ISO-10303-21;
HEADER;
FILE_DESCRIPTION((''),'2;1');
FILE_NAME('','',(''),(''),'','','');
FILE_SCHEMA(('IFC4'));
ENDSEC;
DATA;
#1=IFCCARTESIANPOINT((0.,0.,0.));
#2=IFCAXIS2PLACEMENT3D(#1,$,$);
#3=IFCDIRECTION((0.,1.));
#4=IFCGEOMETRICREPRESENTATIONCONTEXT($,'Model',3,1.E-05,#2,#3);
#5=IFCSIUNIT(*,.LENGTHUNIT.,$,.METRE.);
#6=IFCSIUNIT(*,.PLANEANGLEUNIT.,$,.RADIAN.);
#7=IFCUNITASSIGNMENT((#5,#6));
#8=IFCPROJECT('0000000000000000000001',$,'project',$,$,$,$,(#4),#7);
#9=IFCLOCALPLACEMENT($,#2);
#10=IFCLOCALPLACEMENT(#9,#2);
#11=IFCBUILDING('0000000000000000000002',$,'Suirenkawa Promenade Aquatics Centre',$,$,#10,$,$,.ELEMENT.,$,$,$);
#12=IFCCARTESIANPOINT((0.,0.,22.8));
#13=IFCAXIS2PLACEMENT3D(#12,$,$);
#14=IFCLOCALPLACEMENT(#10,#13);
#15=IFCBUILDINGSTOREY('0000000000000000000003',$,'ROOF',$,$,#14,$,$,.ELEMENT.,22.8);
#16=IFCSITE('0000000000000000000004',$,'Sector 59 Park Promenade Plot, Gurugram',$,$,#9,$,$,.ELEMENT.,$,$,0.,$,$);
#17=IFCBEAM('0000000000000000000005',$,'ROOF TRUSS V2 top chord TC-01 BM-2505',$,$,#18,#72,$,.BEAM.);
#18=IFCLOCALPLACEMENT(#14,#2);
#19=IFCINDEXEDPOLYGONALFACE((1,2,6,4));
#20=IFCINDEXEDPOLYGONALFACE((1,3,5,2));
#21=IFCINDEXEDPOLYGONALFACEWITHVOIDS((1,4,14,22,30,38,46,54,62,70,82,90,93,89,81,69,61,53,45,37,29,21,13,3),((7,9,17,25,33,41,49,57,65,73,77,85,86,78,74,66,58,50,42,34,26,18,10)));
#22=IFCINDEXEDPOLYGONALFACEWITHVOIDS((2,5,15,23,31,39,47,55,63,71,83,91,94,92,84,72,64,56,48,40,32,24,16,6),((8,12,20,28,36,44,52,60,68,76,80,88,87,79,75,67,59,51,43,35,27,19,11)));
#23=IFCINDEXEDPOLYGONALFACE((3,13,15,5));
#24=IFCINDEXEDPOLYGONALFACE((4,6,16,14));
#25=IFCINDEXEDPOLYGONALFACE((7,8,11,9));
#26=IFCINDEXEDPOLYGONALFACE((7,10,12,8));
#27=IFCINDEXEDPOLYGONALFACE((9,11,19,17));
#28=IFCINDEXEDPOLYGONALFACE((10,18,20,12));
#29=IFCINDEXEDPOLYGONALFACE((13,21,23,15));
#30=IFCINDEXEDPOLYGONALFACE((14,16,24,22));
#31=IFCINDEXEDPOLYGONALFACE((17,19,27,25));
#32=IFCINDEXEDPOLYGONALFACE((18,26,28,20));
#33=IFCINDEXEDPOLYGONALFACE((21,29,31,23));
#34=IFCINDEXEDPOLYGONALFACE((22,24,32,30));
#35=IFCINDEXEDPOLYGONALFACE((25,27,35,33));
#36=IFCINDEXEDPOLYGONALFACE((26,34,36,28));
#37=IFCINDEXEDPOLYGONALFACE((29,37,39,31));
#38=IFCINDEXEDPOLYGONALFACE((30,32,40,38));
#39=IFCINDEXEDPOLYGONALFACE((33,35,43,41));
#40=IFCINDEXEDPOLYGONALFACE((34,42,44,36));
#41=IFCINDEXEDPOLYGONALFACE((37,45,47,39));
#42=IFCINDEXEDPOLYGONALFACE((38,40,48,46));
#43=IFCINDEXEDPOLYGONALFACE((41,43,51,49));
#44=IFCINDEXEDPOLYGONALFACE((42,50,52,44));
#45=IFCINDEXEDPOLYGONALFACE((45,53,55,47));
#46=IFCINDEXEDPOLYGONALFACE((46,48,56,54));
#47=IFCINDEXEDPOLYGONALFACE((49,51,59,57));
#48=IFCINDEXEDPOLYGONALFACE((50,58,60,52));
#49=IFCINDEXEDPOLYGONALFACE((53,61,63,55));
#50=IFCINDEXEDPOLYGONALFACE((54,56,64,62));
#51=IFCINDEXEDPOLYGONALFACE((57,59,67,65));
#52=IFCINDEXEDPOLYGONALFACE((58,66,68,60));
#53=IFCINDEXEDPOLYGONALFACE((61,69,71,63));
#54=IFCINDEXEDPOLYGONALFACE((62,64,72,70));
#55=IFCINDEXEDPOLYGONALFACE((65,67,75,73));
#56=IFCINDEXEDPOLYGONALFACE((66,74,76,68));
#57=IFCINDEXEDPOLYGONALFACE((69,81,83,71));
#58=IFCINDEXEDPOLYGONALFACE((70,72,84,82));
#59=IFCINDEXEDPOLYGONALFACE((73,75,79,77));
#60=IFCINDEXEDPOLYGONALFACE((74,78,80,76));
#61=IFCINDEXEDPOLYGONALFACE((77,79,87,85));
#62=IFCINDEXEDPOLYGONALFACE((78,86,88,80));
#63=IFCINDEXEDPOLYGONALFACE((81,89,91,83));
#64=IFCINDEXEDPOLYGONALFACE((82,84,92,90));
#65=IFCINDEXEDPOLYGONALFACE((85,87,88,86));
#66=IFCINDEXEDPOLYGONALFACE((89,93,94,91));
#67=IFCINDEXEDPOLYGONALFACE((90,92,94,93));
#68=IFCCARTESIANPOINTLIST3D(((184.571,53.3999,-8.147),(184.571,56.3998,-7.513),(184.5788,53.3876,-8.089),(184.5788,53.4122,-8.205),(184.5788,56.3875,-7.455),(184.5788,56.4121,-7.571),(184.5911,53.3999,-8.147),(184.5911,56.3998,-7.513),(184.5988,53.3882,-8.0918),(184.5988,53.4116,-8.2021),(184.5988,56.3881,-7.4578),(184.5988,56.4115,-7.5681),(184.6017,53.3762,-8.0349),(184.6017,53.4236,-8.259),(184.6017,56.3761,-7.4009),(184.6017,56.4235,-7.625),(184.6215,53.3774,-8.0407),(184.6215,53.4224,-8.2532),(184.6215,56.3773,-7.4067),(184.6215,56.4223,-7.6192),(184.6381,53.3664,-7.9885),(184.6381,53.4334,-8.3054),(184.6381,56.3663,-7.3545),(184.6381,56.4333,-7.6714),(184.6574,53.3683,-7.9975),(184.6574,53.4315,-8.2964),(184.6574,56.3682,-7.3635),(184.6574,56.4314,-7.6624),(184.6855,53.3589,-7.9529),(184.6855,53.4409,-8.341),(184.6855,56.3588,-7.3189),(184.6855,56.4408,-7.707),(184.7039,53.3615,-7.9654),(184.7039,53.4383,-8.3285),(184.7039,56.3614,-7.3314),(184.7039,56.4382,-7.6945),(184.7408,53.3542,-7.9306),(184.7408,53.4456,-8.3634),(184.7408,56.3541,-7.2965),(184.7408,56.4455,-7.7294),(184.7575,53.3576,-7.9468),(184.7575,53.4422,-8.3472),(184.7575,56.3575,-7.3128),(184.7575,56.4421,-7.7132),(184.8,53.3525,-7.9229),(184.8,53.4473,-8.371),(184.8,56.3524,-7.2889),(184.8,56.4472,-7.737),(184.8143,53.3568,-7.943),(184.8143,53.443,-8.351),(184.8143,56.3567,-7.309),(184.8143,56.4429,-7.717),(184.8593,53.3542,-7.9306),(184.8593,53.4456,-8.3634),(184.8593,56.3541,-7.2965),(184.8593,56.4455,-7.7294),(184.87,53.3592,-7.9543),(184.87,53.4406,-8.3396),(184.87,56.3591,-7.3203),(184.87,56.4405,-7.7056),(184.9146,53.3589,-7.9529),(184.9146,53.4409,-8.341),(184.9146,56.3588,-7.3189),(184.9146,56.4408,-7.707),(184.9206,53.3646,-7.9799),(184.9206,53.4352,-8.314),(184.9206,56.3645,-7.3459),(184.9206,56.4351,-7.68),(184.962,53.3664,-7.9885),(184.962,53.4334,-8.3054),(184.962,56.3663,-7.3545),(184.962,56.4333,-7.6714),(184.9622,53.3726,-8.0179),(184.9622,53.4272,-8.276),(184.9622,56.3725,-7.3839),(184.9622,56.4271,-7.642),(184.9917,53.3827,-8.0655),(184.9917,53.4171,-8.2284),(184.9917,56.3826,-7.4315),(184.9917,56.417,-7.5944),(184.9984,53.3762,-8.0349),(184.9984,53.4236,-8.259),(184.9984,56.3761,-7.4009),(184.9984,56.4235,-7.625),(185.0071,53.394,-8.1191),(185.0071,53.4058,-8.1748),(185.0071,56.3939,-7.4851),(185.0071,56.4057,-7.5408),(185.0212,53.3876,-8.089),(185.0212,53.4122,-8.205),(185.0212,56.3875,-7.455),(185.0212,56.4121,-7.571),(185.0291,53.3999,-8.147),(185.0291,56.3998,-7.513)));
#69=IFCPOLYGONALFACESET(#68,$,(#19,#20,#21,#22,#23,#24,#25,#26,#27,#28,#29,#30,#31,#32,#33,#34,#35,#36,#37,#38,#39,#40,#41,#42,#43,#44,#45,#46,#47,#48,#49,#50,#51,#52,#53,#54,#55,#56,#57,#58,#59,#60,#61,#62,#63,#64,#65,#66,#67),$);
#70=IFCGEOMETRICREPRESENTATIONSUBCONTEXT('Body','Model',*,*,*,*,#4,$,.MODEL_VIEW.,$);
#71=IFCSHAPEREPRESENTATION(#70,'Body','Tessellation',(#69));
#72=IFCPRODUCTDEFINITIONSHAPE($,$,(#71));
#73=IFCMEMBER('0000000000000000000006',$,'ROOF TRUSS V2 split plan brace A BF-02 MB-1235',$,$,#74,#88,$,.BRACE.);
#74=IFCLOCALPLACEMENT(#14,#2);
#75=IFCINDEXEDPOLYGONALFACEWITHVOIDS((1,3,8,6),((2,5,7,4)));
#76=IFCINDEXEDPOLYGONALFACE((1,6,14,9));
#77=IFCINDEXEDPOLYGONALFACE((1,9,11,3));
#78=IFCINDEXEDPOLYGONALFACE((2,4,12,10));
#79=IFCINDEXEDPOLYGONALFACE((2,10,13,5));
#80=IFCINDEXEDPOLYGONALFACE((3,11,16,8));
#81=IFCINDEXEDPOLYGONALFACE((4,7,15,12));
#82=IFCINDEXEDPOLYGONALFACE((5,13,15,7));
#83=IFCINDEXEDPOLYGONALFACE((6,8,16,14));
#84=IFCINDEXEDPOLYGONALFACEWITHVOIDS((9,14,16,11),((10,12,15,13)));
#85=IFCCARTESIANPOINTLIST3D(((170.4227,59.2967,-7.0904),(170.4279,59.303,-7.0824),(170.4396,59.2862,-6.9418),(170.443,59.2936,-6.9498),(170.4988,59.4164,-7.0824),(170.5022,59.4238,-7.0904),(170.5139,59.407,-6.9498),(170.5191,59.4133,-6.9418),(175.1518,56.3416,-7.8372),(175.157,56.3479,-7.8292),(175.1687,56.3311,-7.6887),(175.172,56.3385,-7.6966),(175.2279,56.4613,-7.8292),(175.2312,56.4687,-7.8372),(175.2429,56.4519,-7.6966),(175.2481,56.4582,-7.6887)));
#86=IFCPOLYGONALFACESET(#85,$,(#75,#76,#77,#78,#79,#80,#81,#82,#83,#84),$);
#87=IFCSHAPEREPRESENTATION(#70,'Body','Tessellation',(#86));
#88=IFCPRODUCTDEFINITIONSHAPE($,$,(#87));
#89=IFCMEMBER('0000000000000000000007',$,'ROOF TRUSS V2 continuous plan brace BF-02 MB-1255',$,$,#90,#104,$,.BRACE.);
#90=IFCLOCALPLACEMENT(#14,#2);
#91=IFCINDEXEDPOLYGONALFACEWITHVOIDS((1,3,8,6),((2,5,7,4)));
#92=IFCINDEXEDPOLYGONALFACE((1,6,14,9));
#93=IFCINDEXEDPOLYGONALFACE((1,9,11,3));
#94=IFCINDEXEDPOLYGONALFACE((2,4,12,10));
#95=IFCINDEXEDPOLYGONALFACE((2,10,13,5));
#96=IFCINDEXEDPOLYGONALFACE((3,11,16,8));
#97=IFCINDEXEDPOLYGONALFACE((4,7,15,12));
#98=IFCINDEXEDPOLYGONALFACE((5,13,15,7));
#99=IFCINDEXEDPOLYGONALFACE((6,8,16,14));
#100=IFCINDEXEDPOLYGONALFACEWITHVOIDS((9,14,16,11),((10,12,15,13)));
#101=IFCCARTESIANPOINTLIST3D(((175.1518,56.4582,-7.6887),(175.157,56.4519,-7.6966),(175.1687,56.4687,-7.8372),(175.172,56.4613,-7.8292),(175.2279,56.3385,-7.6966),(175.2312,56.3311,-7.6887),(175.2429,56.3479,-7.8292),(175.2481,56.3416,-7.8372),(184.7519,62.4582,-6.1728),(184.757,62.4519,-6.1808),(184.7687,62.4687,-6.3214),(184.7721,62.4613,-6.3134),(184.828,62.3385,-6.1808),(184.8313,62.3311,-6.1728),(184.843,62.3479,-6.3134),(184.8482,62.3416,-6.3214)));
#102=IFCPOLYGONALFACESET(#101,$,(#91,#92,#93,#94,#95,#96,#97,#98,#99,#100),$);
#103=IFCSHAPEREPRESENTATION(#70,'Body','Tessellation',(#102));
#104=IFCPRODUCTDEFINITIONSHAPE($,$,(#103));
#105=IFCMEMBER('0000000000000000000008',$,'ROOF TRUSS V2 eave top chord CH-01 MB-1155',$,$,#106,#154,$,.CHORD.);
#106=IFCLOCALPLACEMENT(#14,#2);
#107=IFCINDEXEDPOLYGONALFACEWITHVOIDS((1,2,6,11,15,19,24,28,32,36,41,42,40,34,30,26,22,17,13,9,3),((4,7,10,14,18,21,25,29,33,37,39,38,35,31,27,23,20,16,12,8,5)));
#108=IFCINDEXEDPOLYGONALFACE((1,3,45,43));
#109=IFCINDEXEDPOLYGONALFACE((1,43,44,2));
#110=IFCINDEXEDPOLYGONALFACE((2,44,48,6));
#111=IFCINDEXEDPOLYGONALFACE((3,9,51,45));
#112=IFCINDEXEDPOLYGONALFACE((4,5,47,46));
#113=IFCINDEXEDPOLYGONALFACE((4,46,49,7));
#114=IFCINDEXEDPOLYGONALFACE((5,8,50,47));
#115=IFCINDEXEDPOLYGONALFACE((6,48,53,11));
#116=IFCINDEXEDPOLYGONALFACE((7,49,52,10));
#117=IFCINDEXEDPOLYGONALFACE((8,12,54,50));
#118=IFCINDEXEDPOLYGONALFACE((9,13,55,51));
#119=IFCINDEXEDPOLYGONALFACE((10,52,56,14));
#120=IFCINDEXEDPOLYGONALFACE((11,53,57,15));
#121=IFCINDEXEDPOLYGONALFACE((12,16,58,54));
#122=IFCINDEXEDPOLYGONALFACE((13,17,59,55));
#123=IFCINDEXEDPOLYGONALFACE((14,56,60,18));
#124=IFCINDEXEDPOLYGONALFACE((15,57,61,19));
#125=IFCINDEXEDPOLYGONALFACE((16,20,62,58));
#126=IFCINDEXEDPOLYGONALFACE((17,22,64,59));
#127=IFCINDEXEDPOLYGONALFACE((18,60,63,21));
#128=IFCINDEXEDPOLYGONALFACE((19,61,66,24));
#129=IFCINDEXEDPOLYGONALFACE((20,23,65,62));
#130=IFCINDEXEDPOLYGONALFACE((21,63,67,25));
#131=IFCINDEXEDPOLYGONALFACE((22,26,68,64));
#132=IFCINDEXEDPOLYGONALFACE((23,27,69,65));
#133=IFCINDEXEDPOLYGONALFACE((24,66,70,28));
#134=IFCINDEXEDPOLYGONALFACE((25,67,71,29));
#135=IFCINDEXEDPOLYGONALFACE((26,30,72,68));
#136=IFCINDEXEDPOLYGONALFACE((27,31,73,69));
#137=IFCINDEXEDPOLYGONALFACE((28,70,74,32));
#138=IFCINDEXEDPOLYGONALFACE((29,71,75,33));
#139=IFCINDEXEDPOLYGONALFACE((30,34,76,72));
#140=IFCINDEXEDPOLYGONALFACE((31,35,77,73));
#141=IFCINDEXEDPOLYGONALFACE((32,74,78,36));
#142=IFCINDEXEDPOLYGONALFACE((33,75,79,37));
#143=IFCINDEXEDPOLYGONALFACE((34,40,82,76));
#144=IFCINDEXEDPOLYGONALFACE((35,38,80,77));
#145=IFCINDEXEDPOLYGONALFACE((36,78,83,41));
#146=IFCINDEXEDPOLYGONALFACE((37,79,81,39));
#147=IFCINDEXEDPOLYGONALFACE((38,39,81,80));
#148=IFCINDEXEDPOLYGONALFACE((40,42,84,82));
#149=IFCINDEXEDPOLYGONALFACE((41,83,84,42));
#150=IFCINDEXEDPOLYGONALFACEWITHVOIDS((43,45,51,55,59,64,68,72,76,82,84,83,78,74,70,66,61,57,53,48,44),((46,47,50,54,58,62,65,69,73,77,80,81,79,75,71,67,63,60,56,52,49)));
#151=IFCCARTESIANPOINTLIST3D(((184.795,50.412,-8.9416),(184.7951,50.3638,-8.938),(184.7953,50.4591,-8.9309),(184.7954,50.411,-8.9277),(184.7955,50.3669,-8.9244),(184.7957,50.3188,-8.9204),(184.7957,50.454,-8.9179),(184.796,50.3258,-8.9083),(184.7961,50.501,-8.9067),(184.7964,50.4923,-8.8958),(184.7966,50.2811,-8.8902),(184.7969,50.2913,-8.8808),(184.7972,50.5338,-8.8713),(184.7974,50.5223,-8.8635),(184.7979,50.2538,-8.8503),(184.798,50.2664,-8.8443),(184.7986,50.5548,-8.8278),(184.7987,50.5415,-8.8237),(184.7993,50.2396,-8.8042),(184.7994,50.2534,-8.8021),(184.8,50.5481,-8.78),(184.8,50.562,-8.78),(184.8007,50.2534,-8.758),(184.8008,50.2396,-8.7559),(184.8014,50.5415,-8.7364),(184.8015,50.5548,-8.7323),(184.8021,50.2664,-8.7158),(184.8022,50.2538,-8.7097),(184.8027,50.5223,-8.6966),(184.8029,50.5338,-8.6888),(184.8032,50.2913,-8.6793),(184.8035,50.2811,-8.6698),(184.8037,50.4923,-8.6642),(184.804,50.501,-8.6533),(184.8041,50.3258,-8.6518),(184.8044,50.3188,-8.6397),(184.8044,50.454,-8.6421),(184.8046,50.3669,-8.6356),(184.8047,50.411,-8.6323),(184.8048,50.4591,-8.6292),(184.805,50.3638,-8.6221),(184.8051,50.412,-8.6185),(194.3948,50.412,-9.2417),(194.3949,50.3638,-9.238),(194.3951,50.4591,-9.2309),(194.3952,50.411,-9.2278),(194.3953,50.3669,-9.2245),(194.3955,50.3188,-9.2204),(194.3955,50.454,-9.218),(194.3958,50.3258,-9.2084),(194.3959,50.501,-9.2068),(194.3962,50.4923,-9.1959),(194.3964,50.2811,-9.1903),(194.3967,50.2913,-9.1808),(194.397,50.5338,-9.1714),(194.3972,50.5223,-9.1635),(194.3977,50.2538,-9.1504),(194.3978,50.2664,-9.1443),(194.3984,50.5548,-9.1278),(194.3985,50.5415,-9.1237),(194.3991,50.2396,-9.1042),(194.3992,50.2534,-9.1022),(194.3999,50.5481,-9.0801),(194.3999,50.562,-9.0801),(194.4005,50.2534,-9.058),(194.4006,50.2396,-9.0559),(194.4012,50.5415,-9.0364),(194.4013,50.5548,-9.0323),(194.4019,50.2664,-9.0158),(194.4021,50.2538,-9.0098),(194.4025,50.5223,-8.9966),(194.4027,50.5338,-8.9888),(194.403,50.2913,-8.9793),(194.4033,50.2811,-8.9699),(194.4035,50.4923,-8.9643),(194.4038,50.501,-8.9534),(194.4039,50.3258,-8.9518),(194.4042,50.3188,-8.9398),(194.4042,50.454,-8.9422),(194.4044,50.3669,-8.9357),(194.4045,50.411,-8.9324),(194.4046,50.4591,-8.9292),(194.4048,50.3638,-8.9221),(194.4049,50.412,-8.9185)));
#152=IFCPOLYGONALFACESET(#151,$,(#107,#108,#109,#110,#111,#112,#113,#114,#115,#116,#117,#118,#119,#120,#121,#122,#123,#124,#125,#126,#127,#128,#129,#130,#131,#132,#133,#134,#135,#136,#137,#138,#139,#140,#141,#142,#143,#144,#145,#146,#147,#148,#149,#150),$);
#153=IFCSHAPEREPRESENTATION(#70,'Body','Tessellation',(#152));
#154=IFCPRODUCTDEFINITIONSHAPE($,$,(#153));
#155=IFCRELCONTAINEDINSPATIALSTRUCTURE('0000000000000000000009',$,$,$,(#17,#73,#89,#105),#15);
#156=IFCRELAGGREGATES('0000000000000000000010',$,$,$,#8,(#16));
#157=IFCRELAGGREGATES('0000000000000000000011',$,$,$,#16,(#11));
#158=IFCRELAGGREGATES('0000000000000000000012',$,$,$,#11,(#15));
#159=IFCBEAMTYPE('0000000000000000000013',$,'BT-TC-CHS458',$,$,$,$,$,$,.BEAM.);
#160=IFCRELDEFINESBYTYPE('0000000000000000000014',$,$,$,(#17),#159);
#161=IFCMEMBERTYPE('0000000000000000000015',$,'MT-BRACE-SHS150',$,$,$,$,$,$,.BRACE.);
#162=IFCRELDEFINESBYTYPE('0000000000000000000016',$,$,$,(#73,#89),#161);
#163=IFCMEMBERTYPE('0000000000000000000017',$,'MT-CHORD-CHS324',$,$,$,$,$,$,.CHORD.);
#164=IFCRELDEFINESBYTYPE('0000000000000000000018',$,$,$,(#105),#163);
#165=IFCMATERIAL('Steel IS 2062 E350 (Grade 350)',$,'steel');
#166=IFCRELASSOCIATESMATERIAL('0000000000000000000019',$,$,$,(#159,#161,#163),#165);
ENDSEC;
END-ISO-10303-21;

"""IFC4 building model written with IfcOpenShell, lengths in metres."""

from ifc_helpers import new_model, si_unit, direction, frame, origin, origin_2d, place, context, subcontext, project, spatial, hollow_rectangle, hollow_circle, extrude, material, material_profile, profile_set, type_object, element, save


model = new_model("IFC4")

# Units and contexts
model_context = context("Model", 3, precision=1e-05, world=origin(), true_north=direction((0.0, 1.0)))
body_context = subcontext(model_context, "Body", "Model", "MODEL_VIEW")
ifc_project = project(units=[si_unit("LENGTHUNIT", "METRE"), si_unit("PLANEANGLEUNIT", "RADIAN")], contexts=[model_context])

# Site, building, storey
site_placement = place(None, origin())
site = spatial("IfcSite", under=ifc_project, at=site_placement, Name="Sector 59 Park Promenade Plot, Gurugram", CompositionType="ELEMENT", RefElevation=0.0)
building_placement = place(site_placement, origin())
building = spatial("IfcBuilding", under=site, at=building_placement, Name="Suirenkawa Promenade Aquatics Centre", CompositionType="ELEMENT")
storey_placement = place(building_placement, frame((0.0, 0.0, 22.8)))
storey = spatial("IfcBuildingStorey", under=building, at=storey_placement, Name="ROOF", CompositionType="ELEMENT", Elevation=22.8)

# Beam
ifc_material_1 = material(Name="Steel IS 2062 E350 (Grade 350)", Category="steel")
ifc_material_profile_1 = material_profile(ifc_material_1, hollow_circle(Radius=0.229, WallThickness=0.02, at=origin_2d()), Name="CHS 458x20", Category="steel")
ifc_profile_set_1 = profile_set([ifc_material_profile_1], Name="Steel IS 2062 E350 (Grade 350)")
beam_type_1 = type_object("IfcBeamType", Name="BT-TC-CHS458", PredefinedType="BEAM", material=ifc_profile_set_1)
for number, where, z_axis, x_axis, name in (
    (1, (184.8, 53.3999, -8.147), (0.0, 0.978388, 0.206777), (-1.0, 0.0, 0.0), "ROOF TRUSS V2 top chord TC-01 BM-2505"),
):
    element("IfcBeam", number, at=place(storey_placement, frame(where, z_axis=z_axis, x_axis=x_axis)), inside=storey, type_object=beam_type_1, Name=name, PredefinedType="BEAM", context=body_context, shape_type="SweptSolid", body=[
        extrude(hollow_circle(Radius=0.229, WallThickness=0.02, at=origin_2d()), origin(), (0.0, 0.0, 1.0), 3.0662),
    ])

# Members
ifc_material_profile_2 = material_profile(ifc_material_1, hollow_rectangle(XDim=0.1499, YDim=0.1499, WallThickness=0.0081, at=origin_2d()), Name="SHS 150x150x8", Category="steel")
ifc_profile_set_2 = profile_set([ifc_material_profile_2], Name="Steel IS 2062 E350 (Grade 350)")
member_type_1 = type_object("IfcMemberType", Name="MT-BRACE-SHS150", PredefinedType="BRACE", material=ifc_profile_set_2)
member_1_placement = place(storey_placement, frame((175.2, 56.3999, -7.7629), z_axis=(-0.840538, 0.525239, 0.132742), x_axis=(-0.529928, -0.848043, 0.0)))
element("IfcMember", 2, at=member_1_placement, inside=storey, type_object=member_type_1, Name="ROOF TRUSS V2 split plan brace A BF-02 MB-1235", PredefinedType="BRACE", context=body_context, shape_type="SweptSolid", body=[
    extrude(hollow_rectangle(XDim=0.1499, YDim=0.1499, WallThickness=0.0081, at=origin_2d()), origin(), (0.0, 0.0, 1.0), 5.6262),
])
member_2_placement = place(storey_placement, frame((175.2, 56.3999, -7.7629), z_axis=(0.840499, 0.525307, 0.132716), x_axis=(-0.529995, 0.848001, 0.0)))
element("IfcMember", 3, at=member_2_placement, inside=storey, type_object=member_type_1, Name="ROOF TRUSS V2 continuous plan brace BF-02 MB-1255", PredefinedType="BRACE", context=body_context, shape_type="SweptSolid", body=[
    extrude(hollow_rectangle(XDim=0.1499, YDim=0.1499, WallThickness=0.0081, at=origin_2d()), origin(), (0.0, 0.0, 1.0), 11.4219),
])
ifc_material_profile_3 = material_profile(ifc_material_1, hollow_circle(Radius=0.1621, WallThickness=0.0139, at=origin_2d()), Name="CHS 324x14", Category="steel")
ifc_profile_set_3 = profile_set([ifc_material_profile_3], Name="Steel IS 2062 E350 (Grade 350)")
member_type_2 = type_object("IfcMemberType", Name="MT-CHORD-CHS324", PredefinedType="CHORD", material=ifc_profile_set_3)
member_3_placement = place(storey_placement, frame((184.8, 50.3999, -8.78), z_axis=(0.999512, 0.0, -0.03124), x_axis=(0.0, 1.0, 0.0)))
element("IfcMember", 4, at=member_3_placement, inside=storey, type_object=member_type_2, Name="ROOF TRUSS V2 eave top chord CH-01 MB-1155", PredefinedType="CHORD", context=body_context, shape_type="SweptSolid", body=[
    extrude(hollow_circle(Radius=0.1621, WallThickness=0.0139, at=origin_2d()), origin(), (0.0, 0.0, 1.0), 9.6045),
])

save(model, "model.ifc")
